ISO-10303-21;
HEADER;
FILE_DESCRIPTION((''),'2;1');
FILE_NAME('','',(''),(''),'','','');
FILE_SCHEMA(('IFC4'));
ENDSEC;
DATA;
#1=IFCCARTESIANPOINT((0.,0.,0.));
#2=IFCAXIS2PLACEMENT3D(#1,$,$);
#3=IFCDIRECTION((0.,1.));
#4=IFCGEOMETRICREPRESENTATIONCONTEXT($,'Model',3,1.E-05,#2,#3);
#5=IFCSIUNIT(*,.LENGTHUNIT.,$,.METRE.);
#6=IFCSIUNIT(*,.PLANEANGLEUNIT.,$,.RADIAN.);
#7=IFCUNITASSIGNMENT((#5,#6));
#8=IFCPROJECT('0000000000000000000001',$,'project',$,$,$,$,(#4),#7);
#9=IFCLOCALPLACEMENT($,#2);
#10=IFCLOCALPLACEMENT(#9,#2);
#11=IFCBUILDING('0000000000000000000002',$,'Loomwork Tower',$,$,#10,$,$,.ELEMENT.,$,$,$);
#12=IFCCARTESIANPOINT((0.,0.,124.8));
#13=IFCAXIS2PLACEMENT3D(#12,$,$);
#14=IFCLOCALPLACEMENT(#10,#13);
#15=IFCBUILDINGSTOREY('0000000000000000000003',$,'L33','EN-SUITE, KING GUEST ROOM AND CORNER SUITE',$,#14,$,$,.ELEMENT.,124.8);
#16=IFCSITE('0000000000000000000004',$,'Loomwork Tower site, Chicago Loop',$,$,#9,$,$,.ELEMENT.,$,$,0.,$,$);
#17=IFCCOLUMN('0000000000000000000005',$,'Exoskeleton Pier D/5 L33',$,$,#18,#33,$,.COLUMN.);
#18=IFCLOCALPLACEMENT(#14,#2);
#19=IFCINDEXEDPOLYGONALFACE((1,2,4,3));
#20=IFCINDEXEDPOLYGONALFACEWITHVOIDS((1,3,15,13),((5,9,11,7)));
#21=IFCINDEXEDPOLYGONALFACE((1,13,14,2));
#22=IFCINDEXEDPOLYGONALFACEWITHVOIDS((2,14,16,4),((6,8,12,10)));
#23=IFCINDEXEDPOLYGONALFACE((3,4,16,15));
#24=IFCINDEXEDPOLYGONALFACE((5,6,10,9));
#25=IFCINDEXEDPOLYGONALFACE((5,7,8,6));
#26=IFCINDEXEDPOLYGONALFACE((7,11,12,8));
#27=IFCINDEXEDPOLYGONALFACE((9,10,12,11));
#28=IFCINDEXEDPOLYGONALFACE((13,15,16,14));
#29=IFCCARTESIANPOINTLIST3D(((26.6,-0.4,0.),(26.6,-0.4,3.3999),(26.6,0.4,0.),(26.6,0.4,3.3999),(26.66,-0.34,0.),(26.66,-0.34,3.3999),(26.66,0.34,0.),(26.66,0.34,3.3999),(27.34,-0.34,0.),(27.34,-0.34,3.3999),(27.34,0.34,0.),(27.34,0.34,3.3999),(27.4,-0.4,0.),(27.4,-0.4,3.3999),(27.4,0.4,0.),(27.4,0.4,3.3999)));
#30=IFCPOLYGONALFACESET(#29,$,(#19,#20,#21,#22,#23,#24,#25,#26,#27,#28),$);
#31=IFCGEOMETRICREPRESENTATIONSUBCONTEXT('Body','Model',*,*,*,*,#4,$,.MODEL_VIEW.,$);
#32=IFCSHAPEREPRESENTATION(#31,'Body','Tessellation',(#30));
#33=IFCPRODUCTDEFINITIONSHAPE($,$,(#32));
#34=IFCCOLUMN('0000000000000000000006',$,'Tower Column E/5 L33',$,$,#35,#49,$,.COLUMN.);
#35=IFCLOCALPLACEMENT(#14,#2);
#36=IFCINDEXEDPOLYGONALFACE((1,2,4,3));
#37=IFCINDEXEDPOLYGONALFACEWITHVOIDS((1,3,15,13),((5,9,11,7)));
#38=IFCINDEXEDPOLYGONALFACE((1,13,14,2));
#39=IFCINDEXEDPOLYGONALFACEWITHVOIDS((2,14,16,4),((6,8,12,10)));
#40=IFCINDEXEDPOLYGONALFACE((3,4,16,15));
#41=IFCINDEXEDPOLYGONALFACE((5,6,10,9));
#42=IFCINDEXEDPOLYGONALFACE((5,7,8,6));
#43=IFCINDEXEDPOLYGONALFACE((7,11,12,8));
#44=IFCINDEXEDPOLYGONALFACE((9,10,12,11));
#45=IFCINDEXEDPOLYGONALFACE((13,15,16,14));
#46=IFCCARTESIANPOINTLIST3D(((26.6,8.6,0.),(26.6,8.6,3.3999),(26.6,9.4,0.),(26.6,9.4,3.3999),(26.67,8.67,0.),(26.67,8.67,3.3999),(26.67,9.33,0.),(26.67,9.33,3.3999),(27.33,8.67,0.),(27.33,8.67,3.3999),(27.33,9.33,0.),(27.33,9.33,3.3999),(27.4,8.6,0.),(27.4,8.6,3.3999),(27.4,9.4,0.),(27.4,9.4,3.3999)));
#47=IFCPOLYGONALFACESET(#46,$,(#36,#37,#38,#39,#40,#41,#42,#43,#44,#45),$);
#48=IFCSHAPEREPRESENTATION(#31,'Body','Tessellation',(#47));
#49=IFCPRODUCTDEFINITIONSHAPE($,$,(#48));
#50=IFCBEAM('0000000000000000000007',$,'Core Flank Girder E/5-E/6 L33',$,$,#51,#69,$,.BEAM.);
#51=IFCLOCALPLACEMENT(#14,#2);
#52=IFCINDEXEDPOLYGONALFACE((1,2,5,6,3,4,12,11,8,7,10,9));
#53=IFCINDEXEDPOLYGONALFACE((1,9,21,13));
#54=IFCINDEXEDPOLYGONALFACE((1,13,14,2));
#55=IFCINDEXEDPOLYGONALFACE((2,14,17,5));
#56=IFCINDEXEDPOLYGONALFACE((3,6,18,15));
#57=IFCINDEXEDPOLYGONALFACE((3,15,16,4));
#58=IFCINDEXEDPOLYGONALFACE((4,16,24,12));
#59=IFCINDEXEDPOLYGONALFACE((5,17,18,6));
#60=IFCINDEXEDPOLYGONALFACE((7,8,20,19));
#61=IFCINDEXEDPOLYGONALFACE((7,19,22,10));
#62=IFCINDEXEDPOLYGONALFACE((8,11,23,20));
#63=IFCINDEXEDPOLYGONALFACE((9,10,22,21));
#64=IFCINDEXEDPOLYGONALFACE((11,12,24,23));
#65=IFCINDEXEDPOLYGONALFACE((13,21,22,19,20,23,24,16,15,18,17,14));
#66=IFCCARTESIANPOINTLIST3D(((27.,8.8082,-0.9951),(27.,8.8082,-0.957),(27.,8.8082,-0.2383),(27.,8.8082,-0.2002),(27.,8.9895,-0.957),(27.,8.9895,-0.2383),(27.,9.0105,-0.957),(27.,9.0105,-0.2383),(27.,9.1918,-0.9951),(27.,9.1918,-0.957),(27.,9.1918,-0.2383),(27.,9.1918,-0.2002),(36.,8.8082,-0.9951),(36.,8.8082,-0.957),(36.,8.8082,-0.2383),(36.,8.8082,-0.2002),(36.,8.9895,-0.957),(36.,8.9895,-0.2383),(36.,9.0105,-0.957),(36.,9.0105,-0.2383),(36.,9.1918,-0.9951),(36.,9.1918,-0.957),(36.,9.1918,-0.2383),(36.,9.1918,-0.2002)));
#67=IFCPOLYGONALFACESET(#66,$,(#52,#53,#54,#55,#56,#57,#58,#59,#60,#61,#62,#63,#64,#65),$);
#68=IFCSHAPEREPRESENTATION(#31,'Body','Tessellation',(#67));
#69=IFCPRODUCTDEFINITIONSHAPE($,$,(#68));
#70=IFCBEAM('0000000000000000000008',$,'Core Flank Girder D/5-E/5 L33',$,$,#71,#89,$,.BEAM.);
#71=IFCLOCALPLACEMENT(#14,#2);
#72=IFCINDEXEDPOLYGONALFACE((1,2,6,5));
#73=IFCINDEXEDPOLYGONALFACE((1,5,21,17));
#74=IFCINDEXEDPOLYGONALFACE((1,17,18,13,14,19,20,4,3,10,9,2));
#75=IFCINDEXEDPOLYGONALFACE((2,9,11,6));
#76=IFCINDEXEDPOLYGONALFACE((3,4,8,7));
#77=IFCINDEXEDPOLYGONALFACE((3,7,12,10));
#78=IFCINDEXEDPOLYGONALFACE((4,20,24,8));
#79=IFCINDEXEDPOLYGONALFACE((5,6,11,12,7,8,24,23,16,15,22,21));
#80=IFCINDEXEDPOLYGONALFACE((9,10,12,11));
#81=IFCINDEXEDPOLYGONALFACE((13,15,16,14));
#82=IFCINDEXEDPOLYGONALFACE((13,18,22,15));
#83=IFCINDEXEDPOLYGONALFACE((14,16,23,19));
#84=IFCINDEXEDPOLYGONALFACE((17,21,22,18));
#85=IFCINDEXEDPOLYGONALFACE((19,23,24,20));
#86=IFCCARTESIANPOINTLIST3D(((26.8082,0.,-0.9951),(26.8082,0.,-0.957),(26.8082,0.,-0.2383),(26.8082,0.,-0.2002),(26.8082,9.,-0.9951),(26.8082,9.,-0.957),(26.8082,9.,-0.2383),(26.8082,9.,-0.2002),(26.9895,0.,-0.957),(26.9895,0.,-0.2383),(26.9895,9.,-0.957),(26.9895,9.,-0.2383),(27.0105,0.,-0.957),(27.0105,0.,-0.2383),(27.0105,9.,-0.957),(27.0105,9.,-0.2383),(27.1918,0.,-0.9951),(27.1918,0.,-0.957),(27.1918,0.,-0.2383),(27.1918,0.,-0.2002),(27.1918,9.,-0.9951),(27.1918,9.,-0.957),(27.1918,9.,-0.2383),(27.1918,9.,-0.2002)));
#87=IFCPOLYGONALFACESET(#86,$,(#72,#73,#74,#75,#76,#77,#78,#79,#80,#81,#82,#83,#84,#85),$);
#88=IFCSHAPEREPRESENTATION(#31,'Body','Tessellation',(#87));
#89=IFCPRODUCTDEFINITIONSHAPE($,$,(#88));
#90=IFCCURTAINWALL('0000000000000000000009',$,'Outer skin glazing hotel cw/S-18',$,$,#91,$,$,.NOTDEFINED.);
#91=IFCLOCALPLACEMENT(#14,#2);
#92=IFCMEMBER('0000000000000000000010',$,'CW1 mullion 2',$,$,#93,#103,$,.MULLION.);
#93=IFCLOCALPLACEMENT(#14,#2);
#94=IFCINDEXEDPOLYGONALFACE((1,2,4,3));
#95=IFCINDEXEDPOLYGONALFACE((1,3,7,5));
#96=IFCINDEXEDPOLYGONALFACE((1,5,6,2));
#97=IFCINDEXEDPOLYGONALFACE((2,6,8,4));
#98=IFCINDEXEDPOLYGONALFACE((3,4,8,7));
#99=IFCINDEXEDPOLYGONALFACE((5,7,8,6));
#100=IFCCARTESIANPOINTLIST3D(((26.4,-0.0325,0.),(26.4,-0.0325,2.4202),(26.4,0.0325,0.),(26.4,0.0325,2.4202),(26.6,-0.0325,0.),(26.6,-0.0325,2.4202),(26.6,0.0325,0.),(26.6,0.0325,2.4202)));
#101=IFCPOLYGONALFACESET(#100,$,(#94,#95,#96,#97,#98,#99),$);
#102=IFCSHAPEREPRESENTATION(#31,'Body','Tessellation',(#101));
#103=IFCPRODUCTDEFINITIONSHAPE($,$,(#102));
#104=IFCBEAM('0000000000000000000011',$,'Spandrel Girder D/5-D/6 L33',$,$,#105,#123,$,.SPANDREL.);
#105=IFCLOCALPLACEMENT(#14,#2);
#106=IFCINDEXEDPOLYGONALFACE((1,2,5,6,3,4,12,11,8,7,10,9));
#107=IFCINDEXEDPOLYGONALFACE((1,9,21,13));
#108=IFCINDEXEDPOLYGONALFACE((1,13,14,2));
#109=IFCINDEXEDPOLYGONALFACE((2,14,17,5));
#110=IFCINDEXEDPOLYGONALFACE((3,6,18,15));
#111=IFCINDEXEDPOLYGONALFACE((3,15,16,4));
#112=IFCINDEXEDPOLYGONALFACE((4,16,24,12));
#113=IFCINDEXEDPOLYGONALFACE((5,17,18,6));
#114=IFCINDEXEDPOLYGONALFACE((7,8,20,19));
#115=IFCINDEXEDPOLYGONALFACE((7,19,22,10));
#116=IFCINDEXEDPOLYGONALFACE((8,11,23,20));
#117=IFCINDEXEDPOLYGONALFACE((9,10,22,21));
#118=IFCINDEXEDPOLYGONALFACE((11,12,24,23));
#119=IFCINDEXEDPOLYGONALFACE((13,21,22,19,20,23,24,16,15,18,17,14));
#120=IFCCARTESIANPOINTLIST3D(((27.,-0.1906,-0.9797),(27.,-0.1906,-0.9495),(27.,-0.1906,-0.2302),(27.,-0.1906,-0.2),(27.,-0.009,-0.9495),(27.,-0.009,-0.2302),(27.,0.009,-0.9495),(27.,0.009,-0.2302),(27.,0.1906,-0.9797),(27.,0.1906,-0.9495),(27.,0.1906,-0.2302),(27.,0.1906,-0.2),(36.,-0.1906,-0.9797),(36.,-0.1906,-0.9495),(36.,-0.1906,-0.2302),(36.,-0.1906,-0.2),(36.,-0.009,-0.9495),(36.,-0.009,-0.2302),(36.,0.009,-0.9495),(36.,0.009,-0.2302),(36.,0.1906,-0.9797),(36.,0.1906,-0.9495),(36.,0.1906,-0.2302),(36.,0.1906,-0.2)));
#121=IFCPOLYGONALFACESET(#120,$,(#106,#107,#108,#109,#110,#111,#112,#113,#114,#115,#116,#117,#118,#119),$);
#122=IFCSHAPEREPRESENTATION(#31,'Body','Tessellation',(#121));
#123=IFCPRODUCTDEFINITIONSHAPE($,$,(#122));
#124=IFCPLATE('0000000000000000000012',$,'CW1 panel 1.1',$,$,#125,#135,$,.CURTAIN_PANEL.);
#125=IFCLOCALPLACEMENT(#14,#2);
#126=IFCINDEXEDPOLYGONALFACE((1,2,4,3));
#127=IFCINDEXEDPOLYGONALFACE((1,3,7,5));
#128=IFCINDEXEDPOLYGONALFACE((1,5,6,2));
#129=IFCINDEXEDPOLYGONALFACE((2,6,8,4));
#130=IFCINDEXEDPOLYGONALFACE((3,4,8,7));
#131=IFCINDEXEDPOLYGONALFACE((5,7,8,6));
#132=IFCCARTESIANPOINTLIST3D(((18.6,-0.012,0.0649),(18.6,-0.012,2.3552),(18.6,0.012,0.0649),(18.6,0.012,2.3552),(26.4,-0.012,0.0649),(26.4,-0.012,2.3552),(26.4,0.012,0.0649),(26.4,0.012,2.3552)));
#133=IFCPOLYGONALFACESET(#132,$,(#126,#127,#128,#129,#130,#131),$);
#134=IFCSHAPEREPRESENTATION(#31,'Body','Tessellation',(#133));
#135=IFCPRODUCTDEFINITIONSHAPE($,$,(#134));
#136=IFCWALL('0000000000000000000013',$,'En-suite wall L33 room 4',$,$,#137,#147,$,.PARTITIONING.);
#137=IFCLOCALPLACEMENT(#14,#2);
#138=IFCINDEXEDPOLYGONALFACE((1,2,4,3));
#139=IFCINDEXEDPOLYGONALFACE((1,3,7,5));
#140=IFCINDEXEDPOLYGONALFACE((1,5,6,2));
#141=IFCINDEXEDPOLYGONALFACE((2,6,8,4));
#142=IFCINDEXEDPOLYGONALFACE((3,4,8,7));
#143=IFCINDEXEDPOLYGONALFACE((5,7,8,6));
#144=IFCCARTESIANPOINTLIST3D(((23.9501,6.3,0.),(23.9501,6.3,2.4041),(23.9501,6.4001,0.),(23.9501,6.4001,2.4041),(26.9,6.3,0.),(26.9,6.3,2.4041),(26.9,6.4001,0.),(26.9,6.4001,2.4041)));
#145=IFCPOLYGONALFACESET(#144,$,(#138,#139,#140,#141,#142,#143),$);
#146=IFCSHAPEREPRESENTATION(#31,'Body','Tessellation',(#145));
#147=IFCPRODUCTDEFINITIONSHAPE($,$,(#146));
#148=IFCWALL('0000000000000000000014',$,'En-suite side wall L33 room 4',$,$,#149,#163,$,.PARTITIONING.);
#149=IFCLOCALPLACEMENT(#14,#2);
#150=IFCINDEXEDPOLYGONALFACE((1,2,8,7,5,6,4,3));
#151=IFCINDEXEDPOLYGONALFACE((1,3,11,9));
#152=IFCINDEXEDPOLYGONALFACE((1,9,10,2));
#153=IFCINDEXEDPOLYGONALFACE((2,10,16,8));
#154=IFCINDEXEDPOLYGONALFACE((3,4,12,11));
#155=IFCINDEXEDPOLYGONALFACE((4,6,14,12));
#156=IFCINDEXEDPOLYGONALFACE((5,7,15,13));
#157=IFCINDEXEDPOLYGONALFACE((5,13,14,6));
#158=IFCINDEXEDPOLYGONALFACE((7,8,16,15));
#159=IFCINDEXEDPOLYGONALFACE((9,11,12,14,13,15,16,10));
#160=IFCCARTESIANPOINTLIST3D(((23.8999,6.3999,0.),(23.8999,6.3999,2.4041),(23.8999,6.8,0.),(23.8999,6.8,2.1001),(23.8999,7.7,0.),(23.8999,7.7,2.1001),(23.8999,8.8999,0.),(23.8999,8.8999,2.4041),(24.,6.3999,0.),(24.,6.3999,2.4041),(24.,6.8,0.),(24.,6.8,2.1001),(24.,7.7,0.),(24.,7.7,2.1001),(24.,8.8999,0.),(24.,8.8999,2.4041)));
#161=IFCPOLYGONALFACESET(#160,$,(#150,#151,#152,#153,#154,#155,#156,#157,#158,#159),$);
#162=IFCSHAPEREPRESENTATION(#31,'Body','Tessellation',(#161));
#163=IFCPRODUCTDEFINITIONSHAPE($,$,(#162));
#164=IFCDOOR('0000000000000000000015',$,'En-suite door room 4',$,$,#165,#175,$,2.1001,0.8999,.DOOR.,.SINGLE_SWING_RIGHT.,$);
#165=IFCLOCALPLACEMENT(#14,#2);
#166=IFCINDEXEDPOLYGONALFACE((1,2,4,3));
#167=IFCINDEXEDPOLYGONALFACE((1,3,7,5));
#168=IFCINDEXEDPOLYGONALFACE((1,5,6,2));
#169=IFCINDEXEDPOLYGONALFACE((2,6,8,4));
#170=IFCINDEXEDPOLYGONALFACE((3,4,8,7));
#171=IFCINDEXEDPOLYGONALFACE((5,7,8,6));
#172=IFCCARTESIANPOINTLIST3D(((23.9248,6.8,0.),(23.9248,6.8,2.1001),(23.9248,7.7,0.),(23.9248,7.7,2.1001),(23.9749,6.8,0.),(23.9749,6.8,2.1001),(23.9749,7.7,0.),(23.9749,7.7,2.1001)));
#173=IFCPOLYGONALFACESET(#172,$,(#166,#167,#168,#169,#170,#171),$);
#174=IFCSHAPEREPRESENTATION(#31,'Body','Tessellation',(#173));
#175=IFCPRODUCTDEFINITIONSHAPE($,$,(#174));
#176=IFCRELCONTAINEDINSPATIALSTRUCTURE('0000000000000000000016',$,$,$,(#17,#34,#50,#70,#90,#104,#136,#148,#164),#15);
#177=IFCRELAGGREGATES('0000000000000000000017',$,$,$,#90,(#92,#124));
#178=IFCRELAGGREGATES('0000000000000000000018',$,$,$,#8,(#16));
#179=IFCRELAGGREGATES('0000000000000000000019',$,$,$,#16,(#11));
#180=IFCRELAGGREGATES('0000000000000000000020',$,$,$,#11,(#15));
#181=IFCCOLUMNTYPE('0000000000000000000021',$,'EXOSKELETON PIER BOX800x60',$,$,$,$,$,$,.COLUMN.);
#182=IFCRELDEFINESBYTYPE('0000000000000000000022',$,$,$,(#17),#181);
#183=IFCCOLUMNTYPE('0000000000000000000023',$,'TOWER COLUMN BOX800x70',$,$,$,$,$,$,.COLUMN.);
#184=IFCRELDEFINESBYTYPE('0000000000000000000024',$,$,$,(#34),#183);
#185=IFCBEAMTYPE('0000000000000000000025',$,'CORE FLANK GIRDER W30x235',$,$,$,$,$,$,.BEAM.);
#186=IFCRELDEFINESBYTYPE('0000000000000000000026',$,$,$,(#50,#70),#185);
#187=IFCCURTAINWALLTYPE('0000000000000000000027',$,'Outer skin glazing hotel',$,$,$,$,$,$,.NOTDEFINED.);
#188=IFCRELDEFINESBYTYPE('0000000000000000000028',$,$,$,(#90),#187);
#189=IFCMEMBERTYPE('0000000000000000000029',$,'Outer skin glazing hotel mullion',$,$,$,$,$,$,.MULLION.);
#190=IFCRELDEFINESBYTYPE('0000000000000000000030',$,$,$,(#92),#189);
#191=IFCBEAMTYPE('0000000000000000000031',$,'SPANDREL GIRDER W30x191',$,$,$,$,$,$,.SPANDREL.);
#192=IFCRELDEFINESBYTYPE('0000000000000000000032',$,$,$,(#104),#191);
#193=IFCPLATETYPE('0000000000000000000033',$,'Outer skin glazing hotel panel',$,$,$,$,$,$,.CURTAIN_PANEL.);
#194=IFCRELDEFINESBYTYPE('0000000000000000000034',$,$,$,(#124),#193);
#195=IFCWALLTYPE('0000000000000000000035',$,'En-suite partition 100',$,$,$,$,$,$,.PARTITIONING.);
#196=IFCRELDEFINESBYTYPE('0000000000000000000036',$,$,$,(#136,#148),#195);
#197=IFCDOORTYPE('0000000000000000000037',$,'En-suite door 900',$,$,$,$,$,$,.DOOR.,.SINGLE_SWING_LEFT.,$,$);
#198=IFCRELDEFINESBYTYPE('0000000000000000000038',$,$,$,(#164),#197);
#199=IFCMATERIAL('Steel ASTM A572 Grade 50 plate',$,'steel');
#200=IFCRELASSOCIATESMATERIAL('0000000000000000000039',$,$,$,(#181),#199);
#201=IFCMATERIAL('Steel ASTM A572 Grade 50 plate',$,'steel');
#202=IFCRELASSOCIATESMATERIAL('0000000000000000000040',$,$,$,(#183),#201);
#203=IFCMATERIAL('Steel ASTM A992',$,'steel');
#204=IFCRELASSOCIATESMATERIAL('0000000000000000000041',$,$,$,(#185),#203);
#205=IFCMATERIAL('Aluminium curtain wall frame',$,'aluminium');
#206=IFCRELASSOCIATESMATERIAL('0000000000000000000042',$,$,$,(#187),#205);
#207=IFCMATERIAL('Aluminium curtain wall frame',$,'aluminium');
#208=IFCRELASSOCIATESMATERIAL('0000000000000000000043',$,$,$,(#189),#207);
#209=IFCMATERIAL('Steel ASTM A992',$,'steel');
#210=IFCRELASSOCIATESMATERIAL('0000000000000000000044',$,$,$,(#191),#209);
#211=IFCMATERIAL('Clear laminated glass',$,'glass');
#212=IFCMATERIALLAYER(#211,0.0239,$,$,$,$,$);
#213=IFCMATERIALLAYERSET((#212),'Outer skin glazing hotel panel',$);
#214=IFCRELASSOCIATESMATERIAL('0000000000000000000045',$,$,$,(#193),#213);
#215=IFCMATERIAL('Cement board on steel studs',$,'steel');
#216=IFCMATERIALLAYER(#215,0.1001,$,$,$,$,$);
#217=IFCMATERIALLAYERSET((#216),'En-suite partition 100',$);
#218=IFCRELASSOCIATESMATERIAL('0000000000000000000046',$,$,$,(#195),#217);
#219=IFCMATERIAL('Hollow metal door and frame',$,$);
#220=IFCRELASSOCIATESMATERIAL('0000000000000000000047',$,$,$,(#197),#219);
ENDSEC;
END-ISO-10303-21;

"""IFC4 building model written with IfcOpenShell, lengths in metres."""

from ifc_helpers import new_model, si_unit, direction, frame, frame_2d, origin, origin_2d, place, context, subcontext, project, spatial, rectangle, hollow_rectangle, i_section, extrude, material, layer, layer_set, material_profile, profile_set, type_object, element, fill, aggregate, save


model = new_model("IFC4")

# Units and contexts
model_context = context("Model", 3, precision=1e-05, world=origin(), true_north=direction((0.0, 1.0)))
body_context = subcontext(model_context, "Body", "Model", "MODEL_VIEW")
ifc_project = project(units=[si_unit("LENGTHUNIT", "METRE"), si_unit("PLANEANGLEUNIT", "RADIAN")], contexts=[model_context])

# Site, building, storey
site_placement = place(None, origin())
site = spatial("IfcSite", under=ifc_project, at=site_placement, Name="Loomwork Tower site, Chicago Loop", CompositionType="ELEMENT", RefElevation=0.0)
building_placement = place(site_placement, origin())
building = spatial("IfcBuilding", under=site, at=building_placement, Name="Loomwork Tower", CompositionType="ELEMENT")
storey_placement = place(building_placement, frame((0.0, 0.0, 124.8)))
storey = spatial("IfcBuildingStorey", under=building, at=storey_placement, Name="L33", Description="EN-SUITE, KING GUEST ROOM AND CORNER SUITE", CompositionType="ELEMENT", Elevation=124.8)

# Columns
ifc_material_1 = material(Name="Steel ASTM A572 Grade 50 plate", Category="steel")
ifc_material_profile_1 = material_profile(ifc_material_1, hollow_rectangle(XDim=0.8, YDim=0.8, WallThickness=0.0601, at=origin_2d()), Name="BOX800x60")
ifc_profile_set_1 = profile_set([ifc_material_profile_1], Name="Steel ASTM A572 Grade 50 plate")
column_type_1 = type_object("IfcColumnType", Name="EXOSKELETON PIER BOX800x60", PredefinedType="COLUMN", material=ifc_profile_set_1)
column_1_placement = place(storey_placement, frame((27.0, 0.0, 0.0), z_axis=(0.0, 0.0, 1.0), x_axis=(1.0, 0.0, 0.0)))
element("IfcColumn", 1, at=column_1_placement, inside=storey, type_object=column_type_1, Name="Exoskeleton Pier D/5 L33", PredefinedType="COLUMN", context=body_context, shape_type="SweptSolid", body=[
    extrude(hollow_rectangle(XDim=0.8, YDim=0.8, WallThickness=0.0601, at=origin_2d()), origin(), (0.0, 0.0, 1.0), 3.3999),
])
ifc_material_2 = material(Name="Steel ASTM A572 Grade 50 plate", Category="steel")
ifc_material_profile_2 = material_profile(ifc_material_2, hollow_rectangle(XDim=0.8, YDim=0.8, WallThickness=0.0701, at=origin_2d()), Name="BOX800x70")
ifc_profile_set_2 = profile_set([ifc_material_profile_2], Name="Steel ASTM A572 Grade 50 plate")
column_type_2 = type_object("IfcColumnType", Name="TOWER COLUMN BOX800x70", PredefinedType="COLUMN", material=ifc_profile_set_2)
column_2_placement = place(storey_placement, frame((27.0, 9.0, 0.0), z_axis=(0.0, 0.0, 1.0), x_axis=(1.0, 0.0, 0.0)))
element("IfcColumn", 2, at=column_2_placement, inside=storey, type_object=column_type_2, Name="Tower Column E/5 L33", PredefinedType="COLUMN", context=body_context, shape_type="SweptSolid", body=[
    extrude(hollow_rectangle(XDim=0.8, YDim=0.8, WallThickness=0.0701, at=origin_2d()), origin(), (0.0, 0.0, 1.0), 3.3999),
])

# Beams
ifc_material_3 = material(Name="Steel ASTM A992", Category="steel")
ifc_material_profile_3 = material_profile(ifc_material_3, i_section(OverallWidth=0.3835, OverallDepth=0.7949, WebThickness=0.021, FlangeThickness=0.0381, at=origin_2d()), Name="W30x235")
ifc_profile_set_3 = profile_set([ifc_material_profile_3], Name="Steel ASTM A992")
beam_type_1 = type_object("IfcBeamType", Name="CORE FLANK GIRDER W30x235", PredefinedType="BEAM", material=ifc_profile_set_3)
for number, where, z_axis, x_axis, name in (
    (3, (27.0, 9.0, -0.5977), (1.0, 0.0, 0.0), (0.0, 1.0, 0.0), "Core Flank Girder E/5-E/6 L33"),
    (4, (27.0, 0.0, -0.5977), (0.0, 1.0, 0.0), (-1.0, 0.0, 0.0), "Core Flank Girder D/5-E/5 L33"),
):
    element("IfcBeam", number, at=place(storey_placement, frame(where, z_axis=z_axis, x_axis=x_axis)), inside=storey, type_object=beam_type_1, Name=name, PredefinedType="BEAM", context=body_context, shape_type="SweptSolid", body=[
        extrude(i_section(OverallWidth=0.3835, OverallDepth=0.7949, WebThickness=0.021, FlangeThickness=0.0381, at=origin_2d()), origin(), (0.0, 0.0, 1.0), 9.0),
    ])

# Curtain wall, member
ifc_material_4 = material(Name="Aluminium curtain wall frame", Category="aluminium")
curtain_wall_type = type_object("IfcCurtainWallType", Name="Outer skin glazing hotel", PredefinedType="NOTDEFINED", material=ifc_material_4)
curtain_wall_placement = place(storey_placement, origin())
curtain_wall = element("IfcCurtainWall", 5, at=curtain_wall_placement, inside=storey, type_object=curtain_wall_type, Name="Outer skin glazing hotel cw/S-18", PredefinedType="NOTDEFINED")
ifc_material_5 = material(Name="Aluminium curtain wall frame", Category="aluminium")
ifc_material_profile_4 = material_profile(ifc_material_5, rectangle(XDim=0.0649, YDim=0.2, at=origin_2d()), Name="AL 65x200")
ifc_profile_set_4 = profile_set([ifc_material_profile_4], Name="Aluminium curtain wall frame")
member_type = type_object("IfcMemberType", Name="Outer skin glazing hotel mullion", PredefinedType="MULLION", material=ifc_profile_set_4)
member_placement = place(storey_placement, frame((26.5, 0.0, 0.0), z_axis=(0.0, 0.0, 1.0), x_axis=(0.0, 1.0, 0.0)))
member = element("IfcMember", 6, at=member_placement, type_object=member_type, Name="CW1 mullion 2", PredefinedType="MULLION", context=body_context, shape_type="SweptSolid", body=[
    extrude(rectangle(XDim=0.0649, YDim=0.2, at=origin_2d()), origin(), (0.0, 0.0, 1.0), 2.4202),
])

# Beam
ifc_material_6 = material(Name="Steel ASTM A992", Category="steel")
ifc_material_profile_5 = material_profile(ifc_material_6, i_section(OverallWidth=0.3811, OverallDepth=0.7798, WebThickness=0.0181, FlangeThickness=0.0303, at=origin_2d()), Name="W30x191")
ifc_profile_set_5 = profile_set([ifc_material_profile_5], Name="Steel ASTM A992")
beam_type_2 = type_object("IfcBeamType", Name="SPANDREL GIRDER W30x191", PredefinedType="SPANDREL", material=ifc_profile_set_5)
beam_placement = place(storey_placement, frame((27.0, 0.0, -0.5898), z_axis=(1.0, 0.0, 0.0), x_axis=(0.0, 1.0, 0.0)))
element("IfcBeam", 7, at=beam_placement, inside=storey, type_object=beam_type_2, Name="Spandrel Girder D/5-D/6 L33", PredefinedType="SPANDREL", context=body_context, shape_type="SweptSolid", body=[
    extrude(i_section(OverallWidth=0.3811, OverallDepth=0.7798, WebThickness=0.0181, FlangeThickness=0.0303, at=origin_2d()), origin(), (0.0, 0.0, 1.0), 9.0),
])

# Plate
ifc_material_7 = material(Name="Clear laminated glass", Category="glass")
ifc_layer_1 = layer(ifc_material_7, 0.0239)
ifc_layer_set_1 = layer_set([ifc_layer_1], Name="Outer skin glazing hotel panel")
plate_type = type_object("IfcPlateType", Name="Outer skin glazing hotel panel", PredefinedType="CURTAIN_PANEL", material=ifc_layer_set_1)
plate_placement = place(storey_placement, frame((22.5, 0.0, 0.0649), z_axis=(0.0, 0.0, 1.0), x_axis=(1.0, 0.0, 0.0)))
plate = element("IfcPlate", 8, at=plate_placement, type_object=plate_type, Name="CW1 panel 1.1", PredefinedType="CURTAIN_PANEL", context=body_context, shape_type="SweptSolid", body=[
    extrude(rectangle(XDim=7.8, YDim=0.0239, at=origin_2d()), origin(), (0.0, 0.0, 1.0), 2.2903),
])
aggregate(curtain_wall, [member, plate])

# Wall
ifc_material_8 = material(Name="Cement board on steel studs", Category="steel")
ifc_layer_2 = layer(ifc_material_8, 0.1001)
ifc_layer_set_2 = layer_set([ifc_layer_2], Name="En-suite partition 100")
wall_type_1 = type_object("IfcWallType", Name="En-suite partition 100", PredefinedType="PARTITIONING", material=ifc_layer_set_2)
wall_1_placement = place(storey_placement, frame((23.95, 6.3501, 0.0), z_axis=(0.0, 0.0, 1.0), x_axis=(1.0, 0.0, 0.0)))
element("IfcWall", 9, at=wall_1_placement, inside=storey, type_object=wall_type_1, Name="En-suite wall L33 room 4", PredefinedType="PARTITIONING", context=body_context, shape_type="SweptSolid", body=[
    extrude(rectangle(XDim=2.95, YDim=0.1001, at=frame_2d((1.4751, 0.0))), origin(), (0.0, 0.0, 1.0), 2.4041),
])

# Wall, opening, door
wall_2_placement = place(storey_placement, frame((23.95, 8.8999, 0.0), z_axis=(0.0, 0.0, 1.0), x_axis=(0.0, -1.0, 0.0)))
wall_2 = element("IfcWall", 10, at=wall_2_placement, inside=storey, type_object=wall_type_1, Name="En-suite side wall L33 room 4", PredefinedType="PARTITIONING", context=body_context, shape_type="SweptSolid", body=[
    extrude(rectangle(XDim=2.5, YDim=0.1001, at=frame_2d((1.25, 0.0))), origin(), (0.0, 0.0, 1.0), 2.4041),
])
opening_placement = place(wall_2_placement, frame((1.2, 0.0, 0.0)))
opening = element("IfcOpeningElement", 11, at=opening_placement, cuts=wall_2, PredefinedType="OPENING", context=body_context, shape_type="SweptSolid", body=[
    extrude(rectangle(XDim=0.8999, YDim=2.1001, at=frame_2d((0.45, 1.05))), frame((0.0, 0.0601, 0.0), z_axis=(0.0, -1.0, 0.0), x_axis=(1.0, 0.0, 0.0)), (0.0, 0.0, 1.0), 0.1201),
])
ifc_material_9 = material(Name="Hollow metal door and frame")
door_type = type_object("IfcDoorType", Name="En-suite door 900", OperationType="SINGLE_SWING_LEFT", PredefinedType="DOOR", material=ifc_material_9)
door_placement = place(opening_placement, origin())
door = element("IfcDoor", 12, at=door_placement, inside=storey, type_object=door_type, Name="En-suite door room 4", OperationType="SINGLE_SWING_RIGHT", OverallHeight=2.1001, OverallWidth=0.8999, PredefinedType="DOOR", context=body_context, shape_type="SweptSolid", body=[
    extrude(rectangle(XDim=0.8999, YDim=2.1001, at=frame_2d((0.45, 1.05))), frame((0.0, 0.0249, 0.0), z_axis=(0.0, -1.0, 0.0), x_axis=(1.0, 0.0, 0.0)), (0.0, 0.0, 1.0), 0.05),
])
fill(opening, door)

save(model, "model.ifc")
